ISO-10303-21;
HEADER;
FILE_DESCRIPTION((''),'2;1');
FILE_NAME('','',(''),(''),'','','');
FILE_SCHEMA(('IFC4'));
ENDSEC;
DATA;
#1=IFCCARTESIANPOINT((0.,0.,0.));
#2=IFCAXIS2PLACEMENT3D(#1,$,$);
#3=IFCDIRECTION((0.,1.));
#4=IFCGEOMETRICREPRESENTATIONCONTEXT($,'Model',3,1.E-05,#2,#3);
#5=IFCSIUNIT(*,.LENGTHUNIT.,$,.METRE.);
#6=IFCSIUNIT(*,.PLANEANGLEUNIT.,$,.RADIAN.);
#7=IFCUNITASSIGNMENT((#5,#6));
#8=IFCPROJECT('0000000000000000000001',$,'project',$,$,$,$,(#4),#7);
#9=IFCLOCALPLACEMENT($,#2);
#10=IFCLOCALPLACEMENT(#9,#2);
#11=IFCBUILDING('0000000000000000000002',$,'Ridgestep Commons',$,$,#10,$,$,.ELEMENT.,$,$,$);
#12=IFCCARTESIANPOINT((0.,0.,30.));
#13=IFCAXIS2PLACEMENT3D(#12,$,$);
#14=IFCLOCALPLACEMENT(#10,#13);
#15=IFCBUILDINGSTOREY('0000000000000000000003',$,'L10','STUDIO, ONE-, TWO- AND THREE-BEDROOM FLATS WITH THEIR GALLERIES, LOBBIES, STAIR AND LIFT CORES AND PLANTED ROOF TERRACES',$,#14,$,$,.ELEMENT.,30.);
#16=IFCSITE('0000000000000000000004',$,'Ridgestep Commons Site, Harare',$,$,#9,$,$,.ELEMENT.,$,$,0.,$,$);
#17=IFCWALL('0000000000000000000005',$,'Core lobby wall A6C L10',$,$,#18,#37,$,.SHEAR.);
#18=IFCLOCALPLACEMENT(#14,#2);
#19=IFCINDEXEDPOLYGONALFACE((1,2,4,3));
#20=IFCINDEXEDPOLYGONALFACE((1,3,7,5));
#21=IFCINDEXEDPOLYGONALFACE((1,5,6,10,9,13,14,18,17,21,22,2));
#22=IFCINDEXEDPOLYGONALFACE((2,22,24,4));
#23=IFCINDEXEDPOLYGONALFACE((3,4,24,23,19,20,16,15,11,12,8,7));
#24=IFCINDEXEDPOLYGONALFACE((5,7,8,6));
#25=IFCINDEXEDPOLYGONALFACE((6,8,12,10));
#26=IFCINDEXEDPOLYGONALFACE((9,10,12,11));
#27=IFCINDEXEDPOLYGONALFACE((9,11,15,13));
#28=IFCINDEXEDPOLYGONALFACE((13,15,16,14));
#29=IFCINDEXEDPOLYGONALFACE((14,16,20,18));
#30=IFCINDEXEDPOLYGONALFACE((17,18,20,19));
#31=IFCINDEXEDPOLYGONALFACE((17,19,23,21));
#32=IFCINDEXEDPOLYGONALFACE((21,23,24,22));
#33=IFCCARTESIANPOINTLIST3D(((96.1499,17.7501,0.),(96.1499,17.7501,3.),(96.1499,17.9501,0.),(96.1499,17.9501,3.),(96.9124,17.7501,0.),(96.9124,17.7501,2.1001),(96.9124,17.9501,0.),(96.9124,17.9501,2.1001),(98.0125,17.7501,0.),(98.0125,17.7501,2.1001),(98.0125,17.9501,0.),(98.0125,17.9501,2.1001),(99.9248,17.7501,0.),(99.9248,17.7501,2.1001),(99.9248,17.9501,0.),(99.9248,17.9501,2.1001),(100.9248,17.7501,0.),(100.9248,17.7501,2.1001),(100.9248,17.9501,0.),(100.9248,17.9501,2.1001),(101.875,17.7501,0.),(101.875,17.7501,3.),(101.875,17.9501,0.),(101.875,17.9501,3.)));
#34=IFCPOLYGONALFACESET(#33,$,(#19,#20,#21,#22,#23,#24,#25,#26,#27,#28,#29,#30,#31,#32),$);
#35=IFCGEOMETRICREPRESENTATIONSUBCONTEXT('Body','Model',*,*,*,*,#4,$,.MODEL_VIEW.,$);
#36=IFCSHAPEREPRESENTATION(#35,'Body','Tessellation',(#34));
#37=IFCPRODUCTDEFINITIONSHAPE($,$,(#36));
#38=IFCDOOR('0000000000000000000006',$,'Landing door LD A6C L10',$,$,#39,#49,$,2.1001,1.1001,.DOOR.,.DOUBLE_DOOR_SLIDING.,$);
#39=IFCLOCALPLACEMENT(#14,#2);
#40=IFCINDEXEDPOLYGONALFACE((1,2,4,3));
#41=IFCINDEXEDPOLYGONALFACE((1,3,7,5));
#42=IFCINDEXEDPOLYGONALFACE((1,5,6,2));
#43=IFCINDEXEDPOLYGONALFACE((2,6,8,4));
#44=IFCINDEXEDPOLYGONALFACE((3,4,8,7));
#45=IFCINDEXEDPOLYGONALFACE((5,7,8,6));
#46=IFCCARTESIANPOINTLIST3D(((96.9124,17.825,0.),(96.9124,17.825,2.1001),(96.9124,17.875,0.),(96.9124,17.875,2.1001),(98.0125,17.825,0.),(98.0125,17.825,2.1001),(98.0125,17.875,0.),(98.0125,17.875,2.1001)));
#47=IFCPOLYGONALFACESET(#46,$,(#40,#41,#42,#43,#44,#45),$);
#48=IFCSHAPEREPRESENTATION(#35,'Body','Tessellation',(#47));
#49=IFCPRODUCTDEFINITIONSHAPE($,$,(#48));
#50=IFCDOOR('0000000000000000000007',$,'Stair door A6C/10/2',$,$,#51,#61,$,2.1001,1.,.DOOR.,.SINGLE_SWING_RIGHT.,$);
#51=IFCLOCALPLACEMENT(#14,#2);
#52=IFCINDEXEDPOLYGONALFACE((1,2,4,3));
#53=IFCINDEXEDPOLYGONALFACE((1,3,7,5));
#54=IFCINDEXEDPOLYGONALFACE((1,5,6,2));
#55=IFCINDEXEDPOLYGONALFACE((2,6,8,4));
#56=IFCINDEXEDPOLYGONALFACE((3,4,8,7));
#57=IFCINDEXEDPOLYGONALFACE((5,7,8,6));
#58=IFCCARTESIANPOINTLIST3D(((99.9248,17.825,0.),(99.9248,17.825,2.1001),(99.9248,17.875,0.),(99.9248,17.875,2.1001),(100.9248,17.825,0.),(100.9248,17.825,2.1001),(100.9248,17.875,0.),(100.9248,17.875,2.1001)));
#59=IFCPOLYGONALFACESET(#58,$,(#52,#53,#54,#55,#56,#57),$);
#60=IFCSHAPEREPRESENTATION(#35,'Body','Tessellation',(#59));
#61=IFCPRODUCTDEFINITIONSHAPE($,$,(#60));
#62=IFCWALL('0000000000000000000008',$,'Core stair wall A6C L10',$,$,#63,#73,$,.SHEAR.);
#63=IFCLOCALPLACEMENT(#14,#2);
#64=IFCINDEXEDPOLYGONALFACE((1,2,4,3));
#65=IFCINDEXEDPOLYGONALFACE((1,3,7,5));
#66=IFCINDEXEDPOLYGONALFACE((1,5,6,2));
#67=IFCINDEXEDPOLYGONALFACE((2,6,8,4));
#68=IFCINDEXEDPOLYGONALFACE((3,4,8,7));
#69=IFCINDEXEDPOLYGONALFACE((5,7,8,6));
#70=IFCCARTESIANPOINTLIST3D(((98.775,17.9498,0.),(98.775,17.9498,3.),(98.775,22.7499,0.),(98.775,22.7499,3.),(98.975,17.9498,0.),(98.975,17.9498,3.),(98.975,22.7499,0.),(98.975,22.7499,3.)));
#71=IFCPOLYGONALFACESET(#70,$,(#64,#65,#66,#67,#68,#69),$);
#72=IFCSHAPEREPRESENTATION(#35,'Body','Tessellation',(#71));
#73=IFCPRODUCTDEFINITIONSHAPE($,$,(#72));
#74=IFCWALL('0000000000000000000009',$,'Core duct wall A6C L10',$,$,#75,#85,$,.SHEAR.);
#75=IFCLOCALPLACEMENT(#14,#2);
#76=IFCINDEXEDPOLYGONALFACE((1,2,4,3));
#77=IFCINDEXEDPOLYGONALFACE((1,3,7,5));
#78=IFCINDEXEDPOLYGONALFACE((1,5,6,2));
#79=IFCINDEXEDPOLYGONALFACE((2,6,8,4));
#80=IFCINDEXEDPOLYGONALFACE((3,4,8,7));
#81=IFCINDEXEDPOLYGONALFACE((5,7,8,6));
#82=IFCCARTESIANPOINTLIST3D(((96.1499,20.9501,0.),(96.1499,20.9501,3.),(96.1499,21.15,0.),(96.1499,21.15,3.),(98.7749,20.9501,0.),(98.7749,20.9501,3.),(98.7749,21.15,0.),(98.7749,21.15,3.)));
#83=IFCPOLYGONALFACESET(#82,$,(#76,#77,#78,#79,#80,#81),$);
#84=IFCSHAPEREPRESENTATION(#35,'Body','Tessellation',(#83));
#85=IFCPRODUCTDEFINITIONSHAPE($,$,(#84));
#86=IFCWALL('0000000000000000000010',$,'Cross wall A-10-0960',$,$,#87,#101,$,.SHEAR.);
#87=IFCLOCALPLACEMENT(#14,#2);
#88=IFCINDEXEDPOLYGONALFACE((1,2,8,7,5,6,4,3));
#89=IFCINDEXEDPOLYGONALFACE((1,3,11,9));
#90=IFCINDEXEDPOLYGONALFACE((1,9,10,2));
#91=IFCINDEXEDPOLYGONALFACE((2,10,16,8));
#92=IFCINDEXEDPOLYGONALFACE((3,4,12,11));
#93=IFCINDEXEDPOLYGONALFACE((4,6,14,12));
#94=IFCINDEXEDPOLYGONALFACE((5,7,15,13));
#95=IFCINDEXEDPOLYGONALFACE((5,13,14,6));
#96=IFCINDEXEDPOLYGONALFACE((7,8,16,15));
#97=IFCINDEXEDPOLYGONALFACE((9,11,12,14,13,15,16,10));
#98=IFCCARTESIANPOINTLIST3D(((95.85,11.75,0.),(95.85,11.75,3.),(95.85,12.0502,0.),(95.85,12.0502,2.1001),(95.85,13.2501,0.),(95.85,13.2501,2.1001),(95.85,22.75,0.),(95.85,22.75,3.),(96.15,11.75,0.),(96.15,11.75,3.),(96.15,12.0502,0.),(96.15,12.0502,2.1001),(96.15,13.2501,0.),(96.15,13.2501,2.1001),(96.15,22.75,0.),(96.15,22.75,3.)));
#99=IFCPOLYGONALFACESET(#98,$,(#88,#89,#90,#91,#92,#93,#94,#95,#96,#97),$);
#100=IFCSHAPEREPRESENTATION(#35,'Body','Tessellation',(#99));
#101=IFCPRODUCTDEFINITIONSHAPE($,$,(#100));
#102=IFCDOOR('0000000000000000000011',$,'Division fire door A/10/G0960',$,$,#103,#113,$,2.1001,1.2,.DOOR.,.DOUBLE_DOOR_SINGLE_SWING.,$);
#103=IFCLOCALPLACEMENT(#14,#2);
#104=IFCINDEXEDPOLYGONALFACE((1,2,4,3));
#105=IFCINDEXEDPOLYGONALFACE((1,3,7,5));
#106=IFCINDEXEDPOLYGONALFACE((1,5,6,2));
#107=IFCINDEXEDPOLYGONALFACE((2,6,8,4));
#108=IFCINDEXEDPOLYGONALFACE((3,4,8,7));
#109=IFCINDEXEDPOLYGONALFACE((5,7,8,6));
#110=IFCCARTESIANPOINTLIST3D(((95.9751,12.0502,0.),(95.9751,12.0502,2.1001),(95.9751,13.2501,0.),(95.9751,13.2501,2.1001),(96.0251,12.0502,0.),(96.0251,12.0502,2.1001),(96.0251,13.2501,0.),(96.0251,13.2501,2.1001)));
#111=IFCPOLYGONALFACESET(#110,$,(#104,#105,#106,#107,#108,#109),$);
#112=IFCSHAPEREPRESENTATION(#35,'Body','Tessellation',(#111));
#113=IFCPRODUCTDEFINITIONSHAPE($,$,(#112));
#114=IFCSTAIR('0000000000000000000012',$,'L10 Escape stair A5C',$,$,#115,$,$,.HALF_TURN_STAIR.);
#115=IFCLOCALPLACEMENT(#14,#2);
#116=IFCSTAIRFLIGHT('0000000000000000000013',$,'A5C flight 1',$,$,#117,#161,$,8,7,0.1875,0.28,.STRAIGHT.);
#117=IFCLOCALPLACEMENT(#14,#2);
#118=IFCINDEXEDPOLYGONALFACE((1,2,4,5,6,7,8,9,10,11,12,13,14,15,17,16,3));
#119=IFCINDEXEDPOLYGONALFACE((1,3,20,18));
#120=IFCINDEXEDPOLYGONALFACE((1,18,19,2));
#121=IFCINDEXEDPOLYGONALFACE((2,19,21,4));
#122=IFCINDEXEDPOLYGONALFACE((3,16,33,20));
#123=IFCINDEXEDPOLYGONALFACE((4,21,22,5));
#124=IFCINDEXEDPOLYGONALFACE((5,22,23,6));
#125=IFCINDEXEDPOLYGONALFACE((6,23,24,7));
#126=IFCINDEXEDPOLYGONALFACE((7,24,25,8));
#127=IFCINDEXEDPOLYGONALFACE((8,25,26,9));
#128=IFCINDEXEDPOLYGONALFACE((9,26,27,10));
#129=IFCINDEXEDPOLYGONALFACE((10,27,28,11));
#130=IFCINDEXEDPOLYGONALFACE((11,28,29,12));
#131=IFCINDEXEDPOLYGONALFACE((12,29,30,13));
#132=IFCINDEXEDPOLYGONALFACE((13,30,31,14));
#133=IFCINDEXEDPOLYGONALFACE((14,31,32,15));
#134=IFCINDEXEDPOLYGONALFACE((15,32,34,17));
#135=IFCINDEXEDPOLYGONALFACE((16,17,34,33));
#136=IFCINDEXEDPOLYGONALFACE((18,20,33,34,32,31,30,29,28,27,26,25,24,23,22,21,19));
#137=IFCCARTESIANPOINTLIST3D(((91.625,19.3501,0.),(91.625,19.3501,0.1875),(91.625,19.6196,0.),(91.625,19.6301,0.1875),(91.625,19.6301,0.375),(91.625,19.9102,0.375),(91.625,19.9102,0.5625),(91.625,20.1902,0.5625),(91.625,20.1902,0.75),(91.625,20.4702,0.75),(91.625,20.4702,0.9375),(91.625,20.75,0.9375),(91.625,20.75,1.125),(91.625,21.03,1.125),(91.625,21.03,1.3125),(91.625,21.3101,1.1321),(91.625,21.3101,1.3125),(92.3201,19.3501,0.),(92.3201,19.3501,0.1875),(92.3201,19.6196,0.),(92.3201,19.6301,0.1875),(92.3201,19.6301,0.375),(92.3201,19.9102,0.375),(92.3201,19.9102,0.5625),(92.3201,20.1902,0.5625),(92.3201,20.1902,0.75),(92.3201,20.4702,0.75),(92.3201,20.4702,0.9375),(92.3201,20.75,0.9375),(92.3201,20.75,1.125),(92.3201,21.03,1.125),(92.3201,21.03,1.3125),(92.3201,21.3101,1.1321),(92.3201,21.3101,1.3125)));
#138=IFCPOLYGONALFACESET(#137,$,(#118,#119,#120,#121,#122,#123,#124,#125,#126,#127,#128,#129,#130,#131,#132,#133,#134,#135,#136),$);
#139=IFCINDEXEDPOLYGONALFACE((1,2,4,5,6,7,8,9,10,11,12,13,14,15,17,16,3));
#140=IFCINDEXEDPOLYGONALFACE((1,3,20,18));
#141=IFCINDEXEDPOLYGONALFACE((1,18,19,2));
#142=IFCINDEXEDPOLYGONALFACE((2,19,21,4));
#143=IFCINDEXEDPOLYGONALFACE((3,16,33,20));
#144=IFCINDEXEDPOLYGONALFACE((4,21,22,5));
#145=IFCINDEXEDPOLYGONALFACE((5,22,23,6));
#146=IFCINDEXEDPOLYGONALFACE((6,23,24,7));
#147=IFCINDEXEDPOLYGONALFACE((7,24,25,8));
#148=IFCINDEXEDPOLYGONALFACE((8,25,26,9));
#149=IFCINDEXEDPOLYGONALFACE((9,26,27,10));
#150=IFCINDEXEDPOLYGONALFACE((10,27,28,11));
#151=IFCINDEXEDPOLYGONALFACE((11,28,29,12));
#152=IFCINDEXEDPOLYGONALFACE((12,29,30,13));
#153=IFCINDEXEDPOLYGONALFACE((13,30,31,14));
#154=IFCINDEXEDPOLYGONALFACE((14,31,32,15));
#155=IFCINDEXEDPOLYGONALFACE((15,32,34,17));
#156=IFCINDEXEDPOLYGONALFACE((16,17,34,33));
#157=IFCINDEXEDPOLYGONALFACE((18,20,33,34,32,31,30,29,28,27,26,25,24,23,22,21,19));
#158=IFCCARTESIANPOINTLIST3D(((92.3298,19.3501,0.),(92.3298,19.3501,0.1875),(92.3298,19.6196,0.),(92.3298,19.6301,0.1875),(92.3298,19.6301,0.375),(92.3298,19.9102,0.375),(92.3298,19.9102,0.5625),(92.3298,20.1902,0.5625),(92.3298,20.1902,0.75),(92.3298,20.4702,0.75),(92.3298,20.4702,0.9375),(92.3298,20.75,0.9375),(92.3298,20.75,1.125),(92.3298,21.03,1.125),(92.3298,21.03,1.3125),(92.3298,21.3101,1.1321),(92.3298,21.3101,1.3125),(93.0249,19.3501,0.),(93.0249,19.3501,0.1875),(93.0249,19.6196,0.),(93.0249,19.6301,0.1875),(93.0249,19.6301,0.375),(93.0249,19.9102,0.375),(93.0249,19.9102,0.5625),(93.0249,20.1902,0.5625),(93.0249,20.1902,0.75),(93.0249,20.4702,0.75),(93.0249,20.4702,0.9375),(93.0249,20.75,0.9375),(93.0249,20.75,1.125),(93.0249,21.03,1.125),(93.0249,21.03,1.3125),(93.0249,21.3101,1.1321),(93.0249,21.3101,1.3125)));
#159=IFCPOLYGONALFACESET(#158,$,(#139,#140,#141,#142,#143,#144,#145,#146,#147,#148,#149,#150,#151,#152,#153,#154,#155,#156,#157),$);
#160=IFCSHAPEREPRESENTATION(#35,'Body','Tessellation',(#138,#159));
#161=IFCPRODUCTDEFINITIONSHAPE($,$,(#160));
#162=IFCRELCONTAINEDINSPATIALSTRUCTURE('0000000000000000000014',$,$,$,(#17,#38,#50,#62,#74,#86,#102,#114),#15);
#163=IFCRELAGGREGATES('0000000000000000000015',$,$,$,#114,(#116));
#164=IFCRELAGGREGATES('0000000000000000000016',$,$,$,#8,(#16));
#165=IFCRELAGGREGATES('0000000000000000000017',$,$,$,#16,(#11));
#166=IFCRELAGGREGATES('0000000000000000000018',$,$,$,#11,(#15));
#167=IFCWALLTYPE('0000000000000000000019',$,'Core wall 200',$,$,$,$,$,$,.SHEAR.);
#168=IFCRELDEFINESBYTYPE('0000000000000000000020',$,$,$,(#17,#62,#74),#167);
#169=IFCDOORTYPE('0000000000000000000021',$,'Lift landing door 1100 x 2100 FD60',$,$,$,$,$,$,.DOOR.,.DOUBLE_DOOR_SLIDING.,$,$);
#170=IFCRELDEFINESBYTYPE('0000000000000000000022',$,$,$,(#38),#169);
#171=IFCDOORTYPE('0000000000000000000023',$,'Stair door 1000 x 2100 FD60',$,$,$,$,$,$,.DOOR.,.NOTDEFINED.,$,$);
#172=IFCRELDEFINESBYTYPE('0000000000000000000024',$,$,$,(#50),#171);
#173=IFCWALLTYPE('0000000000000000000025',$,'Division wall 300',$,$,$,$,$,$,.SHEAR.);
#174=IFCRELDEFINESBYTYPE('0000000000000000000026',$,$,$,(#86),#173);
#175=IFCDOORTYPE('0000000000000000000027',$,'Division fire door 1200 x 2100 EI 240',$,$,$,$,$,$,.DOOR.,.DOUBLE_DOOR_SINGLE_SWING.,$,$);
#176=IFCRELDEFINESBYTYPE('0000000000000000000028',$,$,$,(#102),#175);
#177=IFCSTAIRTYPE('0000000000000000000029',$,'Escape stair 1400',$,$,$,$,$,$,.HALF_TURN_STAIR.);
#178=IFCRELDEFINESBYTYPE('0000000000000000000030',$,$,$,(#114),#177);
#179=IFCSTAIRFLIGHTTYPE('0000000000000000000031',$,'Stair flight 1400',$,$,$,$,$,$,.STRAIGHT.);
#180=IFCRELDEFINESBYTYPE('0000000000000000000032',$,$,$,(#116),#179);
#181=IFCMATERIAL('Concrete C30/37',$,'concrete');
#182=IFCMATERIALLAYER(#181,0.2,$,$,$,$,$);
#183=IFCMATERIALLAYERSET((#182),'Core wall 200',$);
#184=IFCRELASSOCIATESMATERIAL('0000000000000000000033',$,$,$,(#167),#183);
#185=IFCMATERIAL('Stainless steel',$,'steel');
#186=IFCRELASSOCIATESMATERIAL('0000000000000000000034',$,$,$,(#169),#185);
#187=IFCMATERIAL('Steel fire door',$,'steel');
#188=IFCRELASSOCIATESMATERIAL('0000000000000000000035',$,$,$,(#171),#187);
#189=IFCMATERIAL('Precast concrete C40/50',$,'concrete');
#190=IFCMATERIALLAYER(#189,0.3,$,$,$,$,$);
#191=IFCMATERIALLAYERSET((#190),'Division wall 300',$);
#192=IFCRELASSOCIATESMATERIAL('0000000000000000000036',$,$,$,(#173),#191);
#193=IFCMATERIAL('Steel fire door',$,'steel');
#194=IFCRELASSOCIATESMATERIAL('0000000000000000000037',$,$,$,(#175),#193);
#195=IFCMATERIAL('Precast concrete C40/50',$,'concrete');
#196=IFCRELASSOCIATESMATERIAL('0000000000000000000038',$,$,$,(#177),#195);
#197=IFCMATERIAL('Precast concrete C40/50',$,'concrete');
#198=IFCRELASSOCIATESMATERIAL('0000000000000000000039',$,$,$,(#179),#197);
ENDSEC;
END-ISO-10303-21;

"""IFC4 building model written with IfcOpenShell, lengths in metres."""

from ifc_helpers import new_model, si_unit, direction, frame, frame_2d, origin, place, context, subcontext, project, spatial, polyline, rectangle, outline, extrude, material, layer, layer_set, type_object, element, fill, aggregate, save


model = new_model("IFC4")

# Units and contexts
model_context = context("Model", 3, precision=1e-05, world=origin(), true_north=direction((0.0, 1.0)))
body_context = subcontext(model_context, "Body", "Model", "MODEL_VIEW")
ifc_project = project(units=[si_unit("LENGTHUNIT", "METRE"), si_unit("PLANEANGLEUNIT", "RADIAN")], contexts=[model_context])

# Site, building, storey
site_placement = place(None, origin())
site = spatial("IfcSite", under=ifc_project, at=site_placement, Name="Ridgestep Commons Site, Harare", CompositionType="ELEMENT", RefElevation=0.0)
building_placement = place(site_placement, origin())
building = spatial("IfcBuilding", under=site, at=building_placement, Name="Ridgestep Commons", CompositionType="ELEMENT")
storey_placement = place(building_placement, frame((0.0, 0.0, 30.0)))
storey = spatial("IfcBuildingStorey", under=building, at=storey_placement, Name="L10", Description="STUDIO, ONE-, TWO- AND THREE-BEDROOM FLATS WITH THEIR GALLERIES, LOBBIES, STAIR AND LIFT CORES AND PLANTED ROOF TERRACES", CompositionType="ELEMENT", Elevation=30.0)

# Shared definitions
ifc_material_1 = material(Name="Concrete C30/37", Category="concrete")
ifc_layer_1 = layer(ifc_material_1, 0.2)
ifc_layer_set_1 = layer_set([ifc_layer_1], Name="Core wall 200")
wall_type_1 = type_object("IfcWallType", Name="Core wall 200", PredefinedType="SHEAR", material=ifc_layer_set_1)

# Wall, openings, doors
wall_1_placement = place(storey_placement, frame((96.1499, 17.8501, 0.0), z_axis=(0.0, 0.0, 1.0), x_axis=(1.0, 0.0, 0.0)))
wall_1 = element("IfcWall", 1, at=wall_1_placement, inside=storey, type_object=wall_type_1, Name="Core lobby wall A6C L10", PredefinedType="SHEAR", context=body_context, shape_type="SweptSolid", body=[
    extrude(rectangle(XDim=5.7251, YDim=0.2, at=frame_2d((2.8625, 0.0))), origin(), (0.0, 0.0, 1.0), 3.0),
])
opening_1_placement = place(wall_1_placement, frame((3.7749, 0.0, 0.0)))
opening_1 = element("IfcOpeningElement", 2, at=opening_1_placement, cuts=wall_1, PredefinedType="OPENING", context=body_context, shape_type="SweptSolid", body=[
    extrude(rectangle(XDim=1.0, YDim=2.1001, at=frame_2d((0.5, 1.05))), frame((0.0, 0.1099, 0.0), z_axis=(0.0, -1.0, 0.0), x_axis=(1.0, 0.0, 0.0)), (0.0, 0.0, 1.0), 0.22),
])
opening_2_placement = place(wall_1_placement, frame((0.7625, 0.0, 0.0)))
opening_2 = element("IfcOpeningElement", 3, at=opening_2_placement, cuts=wall_1, PredefinedType="OPENING", context=body_context, shape_type="SweptSolid", body=[
    extrude(rectangle(XDim=1.1001, YDim=2.1001, at=frame_2d((0.55, 1.05))), frame((0.0, 0.1099, 0.0), z_axis=(0.0, -1.0, 0.0), x_axis=(1.0, 0.0, 0.0)), (0.0, 0.0, 1.0), 0.22),
])
ifc_material_2 = material(Name="Stainless steel", Category="steel")
door_type_1 = type_object("IfcDoorType", Name="Lift landing door 1100 x 2100 FD60", OperationType="DOUBLE_DOOR_SLIDING", PredefinedType="DOOR", material=ifc_material_2)
door_1_placement = place(opening_2_placement, origin())
door_1 = element("IfcDoor", 4, at=door_1_placement, inside=storey, type_object=door_type_1, Name="Landing door LD A6C L10", OperationType="DOUBLE_DOOR_SLIDING", OverallHeight=2.1001, OverallWidth=1.1001, PredefinedType="DOOR", context=body_context, shape_type="SweptSolid", body=[
    extrude(rectangle(XDim=1.1001, YDim=2.1001, at=frame_2d((0.55, 1.05))), frame((0.0, 0.0249, 0.0), z_axis=(0.0, -1.0, 0.0), x_axis=(1.0, 0.0, 0.0)), (0.0, 0.0, 1.0), 0.05),
])
fill(opening_2, door_1)
ifc_material_3 = material(Name="Steel fire door", Category="steel")
door_type_2 = type_object("IfcDoorType", Name="Stair door 1000 x 2100 FD60", OperationType="NOTDEFINED", PredefinedType="DOOR", material=ifc_material_3)
door_2_placement = place(opening_1_placement, origin())
door_2 = element("IfcDoor", 5, at=door_2_placement, inside=storey, type_object=door_type_2, Name="Stair door A6C/10/2", OperationType="SINGLE_SWING_RIGHT", OverallHeight=2.1001, OverallWidth=1.0, PredefinedType="DOOR", context=body_context, shape_type="SweptSolid", body=[
    extrude(rectangle(XDim=1.0, YDim=2.1001, at=frame_2d((0.5, 1.05))), frame((0.0, 0.0249, 0.0), z_axis=(0.0, -1.0, 0.0), x_axis=(1.0, 0.0, 0.0)), (0.0, 0.0, 1.0), 0.05),
])
fill(opening_1, door_2)

# Walls
wall_2_placement = place(storey_placement, frame((98.875, 17.95, 0.0), z_axis=(0.0, 0.0, 1.0), x_axis=(0.0, 1.0, 0.0)))
element("IfcWall", 6, at=wall_2_placement, inside=storey, type_object=wall_type_1, Name="Core stair wall A6C L10", PredefinedType="SHEAR", context=body_context, shape_type="SweptSolid", body=[
    extrude(rectangle(XDim=4.8, YDim=0.2, at=frame_2d((2.3999, 0.0))), origin(), (0.0, 0.0, 1.0), 3.0),
])
wall_3_placement = place(storey_placement, frame((96.1499, 21.05, 0.0), z_axis=(0.0, 0.0, 1.0), x_axis=(1.0, 0.0, 0.0)))
element("IfcWall", 7, at=wall_3_placement, inside=storey, type_object=wall_type_1, Name="Core duct wall A6C L10", PredefinedType="SHEAR", context=body_context, shape_type="SweptSolid", body=[
    extrude(rectangle(XDim=2.625, YDim=0.2, at=frame_2d((1.3125, 0.0))), origin(), (0.0, 0.0, 1.0), 3.0),
])

# Wall, opening, door
ifc_material_4 = material(Name="Precast concrete C40/50", Category="concrete")
ifc_layer_2 = layer(ifc_material_4, 0.3)
ifc_layer_set_2 = layer_set([ifc_layer_2], Name="Division wall 300")
wall_type_2 = type_object("IfcWallType", Name="Division wall 300", PredefinedType="SHEAR", material=ifc_layer_set_2)
wall_4_placement = place(storey_placement, frame((96.0, 11.75, 0.0), z_axis=(0.0, 0.0, 1.0), x_axis=(0.0, 1.0, 0.0)))
wall_4 = element("IfcWall", 8, at=wall_4_placement, inside=storey, type_object=wall_type_2, Name="Cross wall A-10-0960", PredefinedType="SHEAR", context=body_context, shape_type="SweptSolid", body=[
    extrude(rectangle(XDim=11.0, YDim=0.3, at=frame_2d((5.5, 0.0))), origin(), (0.0, 0.0, 1.0), 3.0),
])
opening_3_placement = place(wall_4_placement, frame((0.3, 0.0, 0.0)))
opening_3 = element("IfcOpeningElement", 9, at=opening_3_placement, cuts=wall_4, PredefinedType="OPENING", context=body_context, shape_type="SweptSolid", body=[
    extrude(rectangle(XDim=1.2, YDim=2.1001, at=frame_2d((0.6001, 1.05))), frame((0.0, 0.1599, 0.0), z_axis=(0.0, -1.0, 0.0), x_axis=(1.0, 0.0, 0.0)), (0.0, 0.0, 1.0), 0.3201),
])
ifc_material_5 = material(Name="Steel fire door", Category="steel")
door_type_3 = type_object("IfcDoorType", Name="Division fire door 1200 x 2100 EI 240", OperationType="DOUBLE_DOOR_SINGLE_SWING", PredefinedType="DOOR", material=ifc_material_5)
door_3_placement = place(opening_3_placement, origin())
door_3 = element("IfcDoor", 10, at=door_3_placement, inside=storey, type_object=door_type_3, Name="Division fire door A/10/G0960", OperationType="DOUBLE_DOOR_SINGLE_SWING", OverallHeight=2.1001, OverallWidth=1.2, PredefinedType="DOOR", context=body_context, shape_type="SweptSolid", body=[
    extrude(rectangle(XDim=1.2, YDim=2.1001, at=frame_2d((0.6001, 1.05))), frame((0.0, 0.0249, 0.0), z_axis=(0.0, -1.0, 0.0), x_axis=(1.0, 0.0, 0.0)), (0.0, 0.0, 1.0), 0.05),
])
fill(opening_3, door_3)

# Stair, stair flight
ifc_material_6 = material(Name="Precast concrete C40/50", Category="concrete")
stair_type = type_object("IfcStairType", Name="Escape stair 1400", PredefinedType="HALF_TURN_STAIR", material=ifc_material_6)
stair_placement = place(storey_placement, origin())
stair = element("IfcStair", 11, at=stair_placement, inside=storey, type_object=stair_type, Name="L10 Escape stair A5C", PredefinedType="HALF_TURN_STAIR")
ifc_material_7 = material(Name="Precast concrete C40/50", Category="concrete")
stair_flight_type = type_object("IfcStairFlightType", Name="Stair flight 1400", PredefinedType="STRAIGHT", material=ifc_material_7)
stair_flight_1_placement = place(storey_placement, frame((92.325, 19.3501, 0.0), z_axis=(0.0, 0.0, 1.0), x_axis=(0.0, 1.0, 0.0)))
stair_flight_1 = element("IfcStairFlight", 12, at=stair_flight_1_placement, type_object=stair_flight_type, Name="A5C flight 1", NumberOfRisers=8, NumberOfTreads=7, PredefinedType="STRAIGHT", RiserHeight=0.1875, TreadLength=0.28, context=body_context, shape_type="SweptSolid", body=[
    extrude(outline(polyline([(0.0, 0.0), (0.0, 0.1875), (0.28, 0.1875), (0.28, 0.375), (0.5601, 0.375), (0.5601, 0.5625), (0.8401, 0.5625), (0.8401, 0.75), (1.1201, 0.75), (1.1201, 0.9375), (1.3999, 0.9375), (1.3999, 1.125), (1.6799, 1.125), (1.6799, 1.3125), (1.96, 1.3125), (1.96, 1.5), (1.96, 1.1321), (0.2695, 0.0), (0.0, 0.0)])), frame((0.0, 0.7, 0.0), z_axis=(0.0, -1.0, 0.0), x_axis=(1.0, 0.0, 0.0)), (0.0, 0.0, 1.0), 0.6951),
    extrude(outline(polyline([(0.0, 0.0), (0.0, 0.1875), (0.28, 0.1875), (0.28, 0.375), (0.5601, 0.375), (0.5601, 0.5625), (0.8401, 0.5625), (0.8401, 0.75), (1.1201, 0.75), (1.1201, 0.9375), (1.3999, 0.9375), (1.3999, 1.125), (1.6799, 1.125), (1.6799, 1.3125), (1.96, 1.3125), (1.96, 1.5), (1.96, 1.1321), (0.2695, 0.0), (0.0, 0.0)])), frame((0.0, -0.0049, 0.0), z_axis=(0.0, -1.0, 0.0), x_axis=(1.0, 0.0, 0.0)), (0.0, 0.0, 1.0), 0.6951),
])
aggregate(stair, [stair_flight_1])

save(model, "model.ifc")
